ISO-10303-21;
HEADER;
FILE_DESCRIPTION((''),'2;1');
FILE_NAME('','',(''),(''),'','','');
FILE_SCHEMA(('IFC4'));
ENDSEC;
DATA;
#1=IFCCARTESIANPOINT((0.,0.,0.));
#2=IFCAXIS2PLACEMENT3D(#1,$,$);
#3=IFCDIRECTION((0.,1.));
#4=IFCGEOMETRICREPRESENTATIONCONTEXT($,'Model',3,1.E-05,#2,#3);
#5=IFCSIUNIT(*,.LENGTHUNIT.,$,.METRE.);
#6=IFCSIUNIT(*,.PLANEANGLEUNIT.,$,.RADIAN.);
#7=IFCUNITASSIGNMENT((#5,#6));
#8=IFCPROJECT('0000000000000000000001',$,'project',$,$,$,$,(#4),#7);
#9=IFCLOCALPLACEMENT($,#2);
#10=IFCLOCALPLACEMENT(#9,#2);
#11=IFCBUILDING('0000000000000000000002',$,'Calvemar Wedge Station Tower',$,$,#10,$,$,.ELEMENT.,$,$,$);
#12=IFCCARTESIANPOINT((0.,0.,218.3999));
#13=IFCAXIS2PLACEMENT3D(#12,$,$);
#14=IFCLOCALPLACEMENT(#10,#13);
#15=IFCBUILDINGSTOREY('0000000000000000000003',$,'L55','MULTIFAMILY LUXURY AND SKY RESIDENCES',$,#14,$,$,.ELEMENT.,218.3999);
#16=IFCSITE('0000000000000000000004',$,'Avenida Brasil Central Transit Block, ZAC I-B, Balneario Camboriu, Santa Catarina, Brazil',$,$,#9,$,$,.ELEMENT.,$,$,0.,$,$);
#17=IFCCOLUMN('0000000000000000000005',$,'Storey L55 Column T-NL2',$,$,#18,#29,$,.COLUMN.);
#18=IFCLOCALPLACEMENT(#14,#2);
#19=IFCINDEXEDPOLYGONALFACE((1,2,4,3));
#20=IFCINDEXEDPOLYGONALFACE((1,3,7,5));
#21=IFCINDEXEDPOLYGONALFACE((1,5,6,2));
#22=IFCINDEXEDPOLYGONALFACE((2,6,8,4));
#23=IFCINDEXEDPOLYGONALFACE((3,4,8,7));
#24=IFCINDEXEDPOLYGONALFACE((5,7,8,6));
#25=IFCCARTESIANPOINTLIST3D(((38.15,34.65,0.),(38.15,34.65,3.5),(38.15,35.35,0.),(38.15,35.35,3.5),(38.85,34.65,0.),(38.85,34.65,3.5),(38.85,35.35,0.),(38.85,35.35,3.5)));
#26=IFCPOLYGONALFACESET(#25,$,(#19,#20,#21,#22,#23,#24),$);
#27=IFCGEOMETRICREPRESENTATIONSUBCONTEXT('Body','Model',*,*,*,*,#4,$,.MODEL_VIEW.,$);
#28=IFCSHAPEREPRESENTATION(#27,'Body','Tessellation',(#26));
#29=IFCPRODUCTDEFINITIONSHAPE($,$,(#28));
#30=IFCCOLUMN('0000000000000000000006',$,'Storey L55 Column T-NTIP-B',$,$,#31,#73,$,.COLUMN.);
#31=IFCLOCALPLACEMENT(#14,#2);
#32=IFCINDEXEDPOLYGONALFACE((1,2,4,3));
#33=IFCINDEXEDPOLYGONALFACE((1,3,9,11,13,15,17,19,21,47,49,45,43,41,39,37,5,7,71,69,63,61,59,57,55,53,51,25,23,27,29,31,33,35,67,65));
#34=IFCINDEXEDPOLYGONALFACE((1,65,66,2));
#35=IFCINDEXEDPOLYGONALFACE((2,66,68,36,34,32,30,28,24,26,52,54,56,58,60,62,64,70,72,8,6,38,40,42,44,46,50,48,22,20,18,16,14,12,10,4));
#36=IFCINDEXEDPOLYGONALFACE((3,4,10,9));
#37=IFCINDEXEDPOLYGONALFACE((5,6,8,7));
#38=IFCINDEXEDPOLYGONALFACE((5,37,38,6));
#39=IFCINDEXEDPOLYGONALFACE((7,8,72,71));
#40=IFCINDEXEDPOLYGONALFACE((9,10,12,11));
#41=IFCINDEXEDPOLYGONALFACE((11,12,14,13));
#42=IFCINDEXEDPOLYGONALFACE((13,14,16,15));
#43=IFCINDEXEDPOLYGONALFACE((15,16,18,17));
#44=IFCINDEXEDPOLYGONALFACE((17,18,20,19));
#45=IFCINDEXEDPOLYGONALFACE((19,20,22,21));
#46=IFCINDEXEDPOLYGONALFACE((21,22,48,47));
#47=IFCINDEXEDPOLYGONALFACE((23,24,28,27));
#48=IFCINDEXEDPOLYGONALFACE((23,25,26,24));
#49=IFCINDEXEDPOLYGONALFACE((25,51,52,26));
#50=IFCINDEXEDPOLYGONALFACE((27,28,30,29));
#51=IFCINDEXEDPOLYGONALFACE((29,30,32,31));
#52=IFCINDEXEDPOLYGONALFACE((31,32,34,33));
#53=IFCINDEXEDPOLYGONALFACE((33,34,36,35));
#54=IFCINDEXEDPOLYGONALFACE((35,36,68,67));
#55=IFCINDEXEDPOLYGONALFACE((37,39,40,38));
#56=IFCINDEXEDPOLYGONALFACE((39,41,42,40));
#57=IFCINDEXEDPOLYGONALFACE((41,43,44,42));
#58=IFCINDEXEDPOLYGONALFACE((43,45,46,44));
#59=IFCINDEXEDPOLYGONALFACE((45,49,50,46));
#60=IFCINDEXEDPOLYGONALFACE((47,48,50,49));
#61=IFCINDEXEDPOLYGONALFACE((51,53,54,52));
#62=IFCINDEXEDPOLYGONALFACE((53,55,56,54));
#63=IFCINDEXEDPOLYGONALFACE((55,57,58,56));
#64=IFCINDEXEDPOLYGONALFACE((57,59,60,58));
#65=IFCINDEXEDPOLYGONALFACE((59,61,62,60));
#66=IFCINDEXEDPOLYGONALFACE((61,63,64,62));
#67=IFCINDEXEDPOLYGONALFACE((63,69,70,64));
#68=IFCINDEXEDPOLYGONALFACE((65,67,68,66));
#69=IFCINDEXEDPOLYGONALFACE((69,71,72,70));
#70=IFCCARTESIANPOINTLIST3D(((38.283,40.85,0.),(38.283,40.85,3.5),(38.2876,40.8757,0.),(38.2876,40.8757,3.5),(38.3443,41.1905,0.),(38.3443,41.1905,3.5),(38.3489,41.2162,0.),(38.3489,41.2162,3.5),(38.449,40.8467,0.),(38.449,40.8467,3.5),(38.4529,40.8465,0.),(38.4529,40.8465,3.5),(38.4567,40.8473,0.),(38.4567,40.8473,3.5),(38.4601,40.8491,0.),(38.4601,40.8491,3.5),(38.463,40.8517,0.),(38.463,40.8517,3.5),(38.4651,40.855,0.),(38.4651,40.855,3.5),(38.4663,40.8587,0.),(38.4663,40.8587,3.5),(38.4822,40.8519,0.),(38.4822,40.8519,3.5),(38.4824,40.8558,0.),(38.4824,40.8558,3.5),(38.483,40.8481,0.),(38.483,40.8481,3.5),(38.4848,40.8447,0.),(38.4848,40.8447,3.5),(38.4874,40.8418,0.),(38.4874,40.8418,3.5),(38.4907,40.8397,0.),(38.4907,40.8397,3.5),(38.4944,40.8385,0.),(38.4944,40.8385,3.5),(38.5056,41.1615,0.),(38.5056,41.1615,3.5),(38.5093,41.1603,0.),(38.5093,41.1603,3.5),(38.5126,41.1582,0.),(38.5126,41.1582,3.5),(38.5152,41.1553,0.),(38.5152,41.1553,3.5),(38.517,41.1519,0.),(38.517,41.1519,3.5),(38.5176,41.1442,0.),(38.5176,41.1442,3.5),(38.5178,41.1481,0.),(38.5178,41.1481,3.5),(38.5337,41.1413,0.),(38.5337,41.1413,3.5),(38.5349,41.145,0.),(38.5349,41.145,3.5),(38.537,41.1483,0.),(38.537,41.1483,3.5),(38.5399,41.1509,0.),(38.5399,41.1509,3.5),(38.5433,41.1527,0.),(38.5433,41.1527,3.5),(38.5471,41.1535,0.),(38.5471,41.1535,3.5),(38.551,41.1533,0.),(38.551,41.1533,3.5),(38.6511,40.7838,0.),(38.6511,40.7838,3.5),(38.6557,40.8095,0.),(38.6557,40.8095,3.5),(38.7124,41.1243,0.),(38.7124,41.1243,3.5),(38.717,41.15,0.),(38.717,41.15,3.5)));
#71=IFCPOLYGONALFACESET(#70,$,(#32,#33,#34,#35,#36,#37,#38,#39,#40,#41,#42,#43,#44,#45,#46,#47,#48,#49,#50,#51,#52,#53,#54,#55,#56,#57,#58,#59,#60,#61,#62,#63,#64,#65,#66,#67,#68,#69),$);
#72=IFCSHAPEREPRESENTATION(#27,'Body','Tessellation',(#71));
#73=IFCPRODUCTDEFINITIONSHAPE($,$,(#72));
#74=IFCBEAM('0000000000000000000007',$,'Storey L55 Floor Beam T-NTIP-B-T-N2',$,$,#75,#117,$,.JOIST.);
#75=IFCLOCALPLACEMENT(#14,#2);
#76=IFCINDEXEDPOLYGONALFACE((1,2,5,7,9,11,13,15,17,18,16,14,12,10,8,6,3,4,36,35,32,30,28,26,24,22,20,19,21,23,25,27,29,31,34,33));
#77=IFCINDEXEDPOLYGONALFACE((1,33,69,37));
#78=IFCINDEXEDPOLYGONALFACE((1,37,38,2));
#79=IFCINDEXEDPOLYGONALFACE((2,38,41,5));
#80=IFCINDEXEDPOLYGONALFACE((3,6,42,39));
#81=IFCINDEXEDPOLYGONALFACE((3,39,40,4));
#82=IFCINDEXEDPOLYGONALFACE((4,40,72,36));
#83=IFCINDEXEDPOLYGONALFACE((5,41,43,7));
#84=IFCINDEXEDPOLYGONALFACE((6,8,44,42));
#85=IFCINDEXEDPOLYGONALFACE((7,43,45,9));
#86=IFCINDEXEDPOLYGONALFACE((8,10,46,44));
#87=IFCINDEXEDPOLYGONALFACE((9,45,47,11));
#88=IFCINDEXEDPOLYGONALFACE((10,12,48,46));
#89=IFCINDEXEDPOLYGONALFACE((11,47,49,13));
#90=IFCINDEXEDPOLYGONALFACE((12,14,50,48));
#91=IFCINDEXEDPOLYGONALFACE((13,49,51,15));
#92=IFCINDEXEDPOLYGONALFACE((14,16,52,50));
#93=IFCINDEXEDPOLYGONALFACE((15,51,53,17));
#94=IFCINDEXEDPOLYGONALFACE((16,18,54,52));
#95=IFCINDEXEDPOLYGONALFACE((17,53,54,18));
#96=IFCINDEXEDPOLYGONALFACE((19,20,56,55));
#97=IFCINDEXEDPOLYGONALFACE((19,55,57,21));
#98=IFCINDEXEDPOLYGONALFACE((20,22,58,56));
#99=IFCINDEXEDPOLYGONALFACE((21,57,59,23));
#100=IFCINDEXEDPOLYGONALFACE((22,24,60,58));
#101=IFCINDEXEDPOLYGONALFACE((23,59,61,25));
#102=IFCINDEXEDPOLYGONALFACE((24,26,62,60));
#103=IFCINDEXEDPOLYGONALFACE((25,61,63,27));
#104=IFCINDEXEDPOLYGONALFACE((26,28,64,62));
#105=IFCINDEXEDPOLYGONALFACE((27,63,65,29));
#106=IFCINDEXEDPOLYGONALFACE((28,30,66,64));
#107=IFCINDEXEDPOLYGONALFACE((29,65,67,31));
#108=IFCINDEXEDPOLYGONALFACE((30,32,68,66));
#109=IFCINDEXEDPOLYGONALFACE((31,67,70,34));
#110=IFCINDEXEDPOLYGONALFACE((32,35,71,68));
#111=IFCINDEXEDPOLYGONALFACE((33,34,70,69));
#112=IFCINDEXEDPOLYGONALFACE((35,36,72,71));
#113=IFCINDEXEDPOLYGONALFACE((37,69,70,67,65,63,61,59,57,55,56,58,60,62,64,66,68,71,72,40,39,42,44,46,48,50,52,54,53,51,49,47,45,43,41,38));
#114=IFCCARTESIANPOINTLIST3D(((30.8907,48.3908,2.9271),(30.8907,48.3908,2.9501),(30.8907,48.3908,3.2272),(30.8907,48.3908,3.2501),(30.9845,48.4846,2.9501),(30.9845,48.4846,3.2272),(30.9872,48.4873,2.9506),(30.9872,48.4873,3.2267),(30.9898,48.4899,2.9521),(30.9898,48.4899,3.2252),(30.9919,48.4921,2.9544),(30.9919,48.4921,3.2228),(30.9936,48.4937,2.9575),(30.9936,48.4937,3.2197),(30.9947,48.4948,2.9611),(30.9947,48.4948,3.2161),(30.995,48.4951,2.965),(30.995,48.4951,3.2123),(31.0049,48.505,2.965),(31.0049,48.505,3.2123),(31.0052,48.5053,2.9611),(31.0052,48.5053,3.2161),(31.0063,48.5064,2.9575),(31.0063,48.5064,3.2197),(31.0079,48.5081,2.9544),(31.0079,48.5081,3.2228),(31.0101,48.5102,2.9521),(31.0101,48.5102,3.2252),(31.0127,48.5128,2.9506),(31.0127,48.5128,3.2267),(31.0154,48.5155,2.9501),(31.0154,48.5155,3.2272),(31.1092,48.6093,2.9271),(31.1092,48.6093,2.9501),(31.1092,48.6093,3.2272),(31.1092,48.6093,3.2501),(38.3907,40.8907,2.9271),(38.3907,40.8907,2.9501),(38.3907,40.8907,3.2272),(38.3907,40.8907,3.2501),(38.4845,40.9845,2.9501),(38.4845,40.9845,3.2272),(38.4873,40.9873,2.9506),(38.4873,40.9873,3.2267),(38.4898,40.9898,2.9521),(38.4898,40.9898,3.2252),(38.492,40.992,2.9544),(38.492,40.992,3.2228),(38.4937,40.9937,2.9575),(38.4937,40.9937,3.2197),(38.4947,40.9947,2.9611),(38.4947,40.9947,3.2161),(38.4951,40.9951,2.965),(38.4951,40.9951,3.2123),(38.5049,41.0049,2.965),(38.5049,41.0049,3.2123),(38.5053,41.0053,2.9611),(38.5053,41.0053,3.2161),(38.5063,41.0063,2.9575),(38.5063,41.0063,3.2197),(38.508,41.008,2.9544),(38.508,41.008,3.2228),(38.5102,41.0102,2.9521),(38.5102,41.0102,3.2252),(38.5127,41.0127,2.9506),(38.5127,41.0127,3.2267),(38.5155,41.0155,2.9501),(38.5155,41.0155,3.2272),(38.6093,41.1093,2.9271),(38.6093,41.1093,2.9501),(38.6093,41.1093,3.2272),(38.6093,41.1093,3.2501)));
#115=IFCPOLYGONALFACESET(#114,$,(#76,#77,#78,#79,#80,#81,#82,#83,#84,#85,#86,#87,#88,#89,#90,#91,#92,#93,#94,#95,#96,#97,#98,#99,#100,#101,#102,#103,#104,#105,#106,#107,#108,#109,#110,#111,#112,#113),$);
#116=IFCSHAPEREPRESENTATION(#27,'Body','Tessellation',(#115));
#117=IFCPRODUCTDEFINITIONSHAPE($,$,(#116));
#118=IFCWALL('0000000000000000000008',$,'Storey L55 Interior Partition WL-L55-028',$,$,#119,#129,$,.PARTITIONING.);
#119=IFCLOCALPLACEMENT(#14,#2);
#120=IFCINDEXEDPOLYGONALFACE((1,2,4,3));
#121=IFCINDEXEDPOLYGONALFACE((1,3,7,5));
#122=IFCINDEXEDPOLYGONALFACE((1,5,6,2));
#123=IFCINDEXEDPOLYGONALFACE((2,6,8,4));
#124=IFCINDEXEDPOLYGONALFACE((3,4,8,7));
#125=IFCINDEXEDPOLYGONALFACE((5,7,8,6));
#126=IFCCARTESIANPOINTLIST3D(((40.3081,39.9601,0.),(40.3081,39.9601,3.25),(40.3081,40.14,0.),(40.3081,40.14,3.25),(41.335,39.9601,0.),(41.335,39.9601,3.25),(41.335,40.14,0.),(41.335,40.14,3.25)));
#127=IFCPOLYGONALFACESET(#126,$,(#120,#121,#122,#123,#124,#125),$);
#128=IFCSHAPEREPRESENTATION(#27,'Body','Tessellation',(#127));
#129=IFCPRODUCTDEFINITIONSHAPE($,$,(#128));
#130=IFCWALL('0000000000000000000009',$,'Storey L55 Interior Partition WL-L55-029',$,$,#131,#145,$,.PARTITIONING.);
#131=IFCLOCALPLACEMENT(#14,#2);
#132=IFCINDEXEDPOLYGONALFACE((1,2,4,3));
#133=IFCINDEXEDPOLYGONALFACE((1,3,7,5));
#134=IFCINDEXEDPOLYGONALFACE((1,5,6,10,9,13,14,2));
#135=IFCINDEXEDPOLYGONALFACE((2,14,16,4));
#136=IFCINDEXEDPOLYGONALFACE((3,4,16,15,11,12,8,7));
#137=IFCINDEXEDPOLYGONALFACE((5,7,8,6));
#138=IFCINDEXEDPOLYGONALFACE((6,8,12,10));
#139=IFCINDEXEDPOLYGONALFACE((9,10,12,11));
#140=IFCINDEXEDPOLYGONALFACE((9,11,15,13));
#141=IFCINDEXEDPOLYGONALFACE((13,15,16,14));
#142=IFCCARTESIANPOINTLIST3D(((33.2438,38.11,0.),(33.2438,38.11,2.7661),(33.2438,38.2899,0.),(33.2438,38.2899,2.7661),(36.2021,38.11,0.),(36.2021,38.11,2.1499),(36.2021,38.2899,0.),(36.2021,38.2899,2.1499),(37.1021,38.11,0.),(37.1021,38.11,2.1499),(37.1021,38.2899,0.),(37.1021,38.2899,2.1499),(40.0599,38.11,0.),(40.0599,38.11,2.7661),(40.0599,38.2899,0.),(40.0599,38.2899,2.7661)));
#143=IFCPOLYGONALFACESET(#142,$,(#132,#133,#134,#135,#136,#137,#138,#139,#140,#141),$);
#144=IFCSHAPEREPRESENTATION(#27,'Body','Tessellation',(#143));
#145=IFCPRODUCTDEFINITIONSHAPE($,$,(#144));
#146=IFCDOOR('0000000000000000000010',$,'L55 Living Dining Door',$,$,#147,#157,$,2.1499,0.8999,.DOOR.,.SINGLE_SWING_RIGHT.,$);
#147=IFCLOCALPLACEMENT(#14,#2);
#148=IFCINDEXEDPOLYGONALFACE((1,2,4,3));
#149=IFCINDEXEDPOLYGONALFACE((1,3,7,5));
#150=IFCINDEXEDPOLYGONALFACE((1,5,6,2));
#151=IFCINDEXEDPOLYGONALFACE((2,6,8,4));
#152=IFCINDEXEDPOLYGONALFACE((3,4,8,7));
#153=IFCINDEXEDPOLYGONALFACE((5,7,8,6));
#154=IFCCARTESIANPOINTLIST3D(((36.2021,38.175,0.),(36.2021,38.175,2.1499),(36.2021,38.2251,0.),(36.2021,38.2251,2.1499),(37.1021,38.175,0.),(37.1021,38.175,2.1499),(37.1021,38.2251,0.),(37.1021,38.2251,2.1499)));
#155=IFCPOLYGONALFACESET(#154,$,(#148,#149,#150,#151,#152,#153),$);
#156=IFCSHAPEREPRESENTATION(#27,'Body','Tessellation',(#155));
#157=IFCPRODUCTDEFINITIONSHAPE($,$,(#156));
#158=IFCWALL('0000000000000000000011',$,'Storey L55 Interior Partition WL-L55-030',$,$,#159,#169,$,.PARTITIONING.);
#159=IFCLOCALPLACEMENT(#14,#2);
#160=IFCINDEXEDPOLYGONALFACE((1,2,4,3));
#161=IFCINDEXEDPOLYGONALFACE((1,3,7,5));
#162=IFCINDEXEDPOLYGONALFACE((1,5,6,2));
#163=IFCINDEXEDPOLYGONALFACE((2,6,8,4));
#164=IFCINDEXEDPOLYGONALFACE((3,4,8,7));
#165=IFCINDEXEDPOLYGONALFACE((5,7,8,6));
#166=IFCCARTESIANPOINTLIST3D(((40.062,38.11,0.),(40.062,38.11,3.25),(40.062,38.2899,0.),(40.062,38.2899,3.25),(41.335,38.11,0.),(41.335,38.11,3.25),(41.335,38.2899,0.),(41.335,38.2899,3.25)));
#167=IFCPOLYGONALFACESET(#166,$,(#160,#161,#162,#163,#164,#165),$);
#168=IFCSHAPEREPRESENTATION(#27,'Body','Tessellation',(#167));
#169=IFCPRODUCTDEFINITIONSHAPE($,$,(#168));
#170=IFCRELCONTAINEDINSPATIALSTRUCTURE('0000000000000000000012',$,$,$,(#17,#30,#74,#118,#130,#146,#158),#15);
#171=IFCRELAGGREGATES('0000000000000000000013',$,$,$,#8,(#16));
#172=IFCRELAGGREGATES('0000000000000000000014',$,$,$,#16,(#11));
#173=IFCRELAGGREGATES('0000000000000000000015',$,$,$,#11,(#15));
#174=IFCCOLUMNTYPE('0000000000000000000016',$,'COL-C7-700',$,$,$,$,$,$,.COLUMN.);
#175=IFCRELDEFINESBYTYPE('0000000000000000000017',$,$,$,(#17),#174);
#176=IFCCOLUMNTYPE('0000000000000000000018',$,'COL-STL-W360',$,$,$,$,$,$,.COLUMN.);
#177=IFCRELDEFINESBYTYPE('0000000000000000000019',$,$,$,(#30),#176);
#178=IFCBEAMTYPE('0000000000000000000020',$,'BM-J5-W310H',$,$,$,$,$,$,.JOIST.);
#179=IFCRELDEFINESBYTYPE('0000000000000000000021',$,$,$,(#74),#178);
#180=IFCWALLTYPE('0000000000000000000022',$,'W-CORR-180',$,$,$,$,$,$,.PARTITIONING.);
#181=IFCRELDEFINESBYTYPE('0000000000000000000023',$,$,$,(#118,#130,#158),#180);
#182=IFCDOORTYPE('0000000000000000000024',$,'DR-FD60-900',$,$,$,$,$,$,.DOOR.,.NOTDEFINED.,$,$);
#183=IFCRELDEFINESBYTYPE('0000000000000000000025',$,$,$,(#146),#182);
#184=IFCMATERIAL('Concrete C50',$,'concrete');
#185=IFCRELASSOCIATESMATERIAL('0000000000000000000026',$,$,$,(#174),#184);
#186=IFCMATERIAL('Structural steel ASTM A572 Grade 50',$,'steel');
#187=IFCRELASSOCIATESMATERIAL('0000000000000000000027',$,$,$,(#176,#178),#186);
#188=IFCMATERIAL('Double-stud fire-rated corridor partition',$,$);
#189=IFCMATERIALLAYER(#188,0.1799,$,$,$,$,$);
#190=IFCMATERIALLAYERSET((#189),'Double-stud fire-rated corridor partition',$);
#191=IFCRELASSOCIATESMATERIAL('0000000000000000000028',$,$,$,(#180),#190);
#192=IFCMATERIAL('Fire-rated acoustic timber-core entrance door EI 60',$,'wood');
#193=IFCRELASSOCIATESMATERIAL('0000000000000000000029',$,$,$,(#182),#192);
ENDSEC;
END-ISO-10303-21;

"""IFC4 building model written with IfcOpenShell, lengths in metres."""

from ifc_helpers import new_model, si_unit, direction, frame, frame_2d, origin, origin_2d, place, context, subcontext, project, spatial, rectangle, i_section, extrude, source, transform, mapped, material, layer, layer_set, material_profile, profile_set, type_object, element, fill, save


model = new_model("IFC4")

# Units and contexts
model_context = context("Model", 3, precision=1e-05, world=origin(), true_north=direction((0.0, 1.0)))
body_context = subcontext(model_context, "Body", "Model", "MODEL_VIEW")
ifc_project = project(units=[si_unit("LENGTHUNIT", "METRE"), si_unit("PLANEANGLEUNIT", "RADIAN")], contexts=[model_context])

# Site, building, storey
site_placement = place(None, origin())
site = spatial("IfcSite", under=ifc_project, at=site_placement, Name="Avenida Brasil Central Transit Block, ZAC I-B, Balneario Camboriu, Santa Catarina, Brazil", CompositionType="ELEMENT", RefElevation=0.0)
building_placement = place(site_placement, origin())
building = spatial("IfcBuilding", under=site, at=building_placement, Name="Calvemar Wedge Station Tower", CompositionType="ELEMENT")
storey_placement = place(building_placement, frame((0.0, 0.0, 218.3999)))
storey = spatial("IfcBuildingStorey", under=building, at=storey_placement, Name="L55", Description="MULTIFAMILY LUXURY AND SKY RESIDENCES", CompositionType="ELEMENT", Elevation=218.3999)

# Columns
ifc_material_1 = material(Name="Concrete C50", Category="concrete")
ifc_material_profile_1 = material_profile(ifc_material_1, rectangle(XDim=0.7, YDim=0.7, at=origin_2d()), Name="RC700x700")
ifc_profile_set_1 = profile_set([ifc_material_profile_1], Name="Concrete C50")
column_type_1 = type_object("IfcColumnType", Name="COL-C7-700", PredefinedType="COLUMN", material=ifc_profile_set_1)
shared_shape_1 = source(origin(), body_context, "Body", "SweptSolid", [
    extrude(rectangle(XDim=0.7, YDim=0.7, at=origin_2d()), origin(), (0.0, 0.0, 1.0), 3.5),
])
column_1_placement = place(storey_placement, frame((38.5, 35.0, 0.0), z_axis=(0.0, 0.0, 1.0), x_axis=(1.0, 0.0, 0.0)))
element("IfcColumn", 1, at=column_1_placement, inside=storey, type_object=column_type_1, Name="Storey L55 Column T-NL2", PredefinedType="COLUMN", context=body_context, shape_type="MappedRepresentation", body=[
    mapped(shared_shape_1, transform((0.0, 0.0, 0.0), scale=1.0)),
])
ifc_material_2 = material(Name="Structural steel ASTM A572 Grade 50", Category="steel")
ifc_material_profile_2 = material_profile(ifc_material_2, i_section(OverallWidth=0.374, OverallDepth=0.3721, WebThickness=0.0164, FlangeThickness=0.0261, FilletRadius=0.0149, at=origin_2d()), Name="W360x196")
ifc_profile_set_2 = profile_set([ifc_material_profile_2], Name="Structural steel ASTM A572 Grade 50")
column_type_2 = type_object("IfcColumnType", Name="COL-STL-W360", PredefinedType="COLUMN", material=ifc_profile_set_2)
shared_shape_2 = source(origin(), body_context, "Body", "SweptSolid", [
    extrude(i_section(OverallWidth=0.374, OverallDepth=0.3721, WebThickness=0.0164, FlangeThickness=0.0261, FilletRadius=0.0149, at=origin_2d()), origin(), (0.0, 0.0, 1.0), 3.5),
])
column_2_placement = place(storey_placement, frame((38.5, 41.0, 0.0), z_axis=(0.0, 0.0, 1.0), x_axis=(0.984196, -0.177085, 0.0)))
element("IfcColumn", 2, at=column_2_placement, inside=storey, type_object=column_type_2, Name="Storey L55 Column T-NTIP-B", PredefinedType="COLUMN", context=body_context, shape_type="MappedRepresentation", body=[
    mapped(shared_shape_2, transform((0.0, 0.0, 0.0), scale=1.0)),
])

# Beam
ifc_material_profile_3 = material_profile(ifc_material_2, i_section(OverallWidth=0.3091, OverallDepth=0.323, WebThickness=0.0139, FlangeThickness=0.0229, FilletRadius=0.0149, at=origin_2d()), Name="W310x143")
ifc_profile_set_3 = profile_set([ifc_material_profile_3], Name="Structural steel ASTM A572 Grade 50")
beam_type = type_object("IfcBeamType", Name="BM-J5-W310H", PredefinedType="JOIST", material=ifc_profile_set_3)
shared_shape_3 = source(origin(), body_context, "Body", "SweptSolid", [
    extrude(i_section(OverallWidth=0.3091, OverallDepth=0.323, WebThickness=0.0139, FlangeThickness=0.0229, FilletRadius=0.0149, at=origin_2d()), origin(), (0.0, 0.0, 1.0), 10.6067),
])
beam_placement = place(storey_placement, frame((38.5, 41.0, 3.0886), z_axis=(-0.707107, 0.707107, 0.0), x_axis=(-0.707107, -0.707107, 0.0)))
element("IfcBeam", 3, at=beam_placement, inside=storey, type_object=beam_type, Name="Storey L55 Floor Beam T-NTIP-B-T-N2", PredefinedType="JOIST", context=body_context, shape_type="MappedRepresentation", body=[
    mapped(shared_shape_3, transform((0.0, 0.0, 0.0), scale=1.0)),
])

# Wall
ifc_material_3 = material(Name="Double-stud fire-rated corridor partition")
ifc_layer_1 = layer(ifc_material_3, 0.1799)
ifc_layer_set_1 = layer_set([ifc_layer_1], Name="Double-stud fire-rated corridor partition")
wall_type_1 = type_object("IfcWallType", Name="W-CORR-180", PredefinedType="PARTITIONING", material=ifc_layer_set_1)
wall_1_placement = place(storey_placement, frame((40.3081, 40.05, 0.0), z_axis=(0.0, 0.0, 1.0), x_axis=(1.0, 0.0, 0.0)))
element("IfcWall", 4, at=wall_1_placement, inside=storey, type_object=wall_type_1, Name="Storey L55 Interior Partition WL-L55-028", PredefinedType="PARTITIONING", context=body_context, shape_type="SweptSolid", body=[
    extrude(rectangle(XDim=1.0269, YDim=0.1799, at=frame_2d((0.5134, 0.0))), origin(), (0.0, 0.0, 1.0), 3.25),
])

# Wall, opening, door
wall_2_placement = place(storey_placement, frame((40.0601, 38.2, 0.0), z_axis=(0.0, 0.0, 1.0), x_axis=(-1.0, 0.0, 0.0)))
wall_2 = element("IfcWall", 5, at=wall_2_placement, inside=storey, type_object=wall_type_1, Name="Storey L55 Interior Partition WL-L55-029", PredefinedType="PARTITIONING", context=body_context, shape_type="SweptSolid", body=[
    extrude(rectangle(XDim=6.8162, YDim=0.1799, at=frame_2d((3.4082, 0.0))), origin(), (0.0, 0.0, 1.0), 2.7661),
])
shared_shape_4 = source(origin(), body_context, "Body", "SweptSolid", [
    extrude(rectangle(XDim=0.8999, YDim=2.1499, at=frame_2d((0.45, 1.075))), frame((0.0, 0.1001, 0.0), z_axis=(0.0, -1.0, 0.0), x_axis=(1.0, 0.0, 0.0)), (0.0, 0.0, 1.0), 0.2),
])
opening_1_placement = place(wall_2_placement, frame((2.958, 0.0, 0.0)))
opening_1 = element("IfcOpeningElement", 6, at=opening_1_placement, cuts=wall_2, PredefinedType="OPENING", context=body_context, shape_type="MappedRepresentation", body=[
    mapped(shared_shape_4, transform((0.0, 0.0, 0.0), scale=1.0)),
])
ifc_material_4 = material(Name="Fire-rated acoustic timber-core entrance door EI 60", Category="wood")
door_type_1 = type_object("IfcDoorType", Name="DR-FD60-900", OperationType="NOTDEFINED", PredefinedType="DOOR", material=ifc_material_4)
shared_shape_5 = source(origin(), body_context, "Body", "SweptSolid", [
    extrude(rectangle(XDim=0.8999, YDim=2.1499, at=frame_2d((0.45, 1.075))), frame((0.0, 0.0249, 0.0), z_axis=(0.0, -1.0, 0.0), x_axis=(1.0, 0.0, 0.0)), (0.0, 0.0, 1.0), 0.05),
])
door_1_placement = place(opening_1_placement, origin())
door_1 = element("IfcDoor", 7, at=door_1_placement, inside=storey, type_object=door_type_1, Name="L55 Living Dining Door", OperationType="SINGLE_SWING_RIGHT", OverallHeight=2.1499, OverallWidth=0.8999, PredefinedType="DOOR", context=body_context, shape_type="MappedRepresentation", body=[
    mapped(shared_shape_5, transform((0.0, 0.0, 0.0), scale=1.0)),
])
fill(opening_1, door_1)

# Wall
wall_3_placement = place(storey_placement, frame((41.335, 38.2, 0.0), z_axis=(0.0, 0.0, 1.0), x_axis=(-1.0, 0.0, 0.0)))
element("IfcWall", 8, at=wall_3_placement, inside=storey, type_object=wall_type_1, Name="Storey L55 Interior Partition WL-L55-030", PredefinedType="PARTITIONING", context=body_context, shape_type="SweptSolid", body=[
    extrude(rectangle(XDim=1.2729, YDim=0.1799, at=frame_2d((0.6365, 0.0))), origin(), (0.0, 0.0, 1.0), 3.25),
])

save(model, "model.ifc")
